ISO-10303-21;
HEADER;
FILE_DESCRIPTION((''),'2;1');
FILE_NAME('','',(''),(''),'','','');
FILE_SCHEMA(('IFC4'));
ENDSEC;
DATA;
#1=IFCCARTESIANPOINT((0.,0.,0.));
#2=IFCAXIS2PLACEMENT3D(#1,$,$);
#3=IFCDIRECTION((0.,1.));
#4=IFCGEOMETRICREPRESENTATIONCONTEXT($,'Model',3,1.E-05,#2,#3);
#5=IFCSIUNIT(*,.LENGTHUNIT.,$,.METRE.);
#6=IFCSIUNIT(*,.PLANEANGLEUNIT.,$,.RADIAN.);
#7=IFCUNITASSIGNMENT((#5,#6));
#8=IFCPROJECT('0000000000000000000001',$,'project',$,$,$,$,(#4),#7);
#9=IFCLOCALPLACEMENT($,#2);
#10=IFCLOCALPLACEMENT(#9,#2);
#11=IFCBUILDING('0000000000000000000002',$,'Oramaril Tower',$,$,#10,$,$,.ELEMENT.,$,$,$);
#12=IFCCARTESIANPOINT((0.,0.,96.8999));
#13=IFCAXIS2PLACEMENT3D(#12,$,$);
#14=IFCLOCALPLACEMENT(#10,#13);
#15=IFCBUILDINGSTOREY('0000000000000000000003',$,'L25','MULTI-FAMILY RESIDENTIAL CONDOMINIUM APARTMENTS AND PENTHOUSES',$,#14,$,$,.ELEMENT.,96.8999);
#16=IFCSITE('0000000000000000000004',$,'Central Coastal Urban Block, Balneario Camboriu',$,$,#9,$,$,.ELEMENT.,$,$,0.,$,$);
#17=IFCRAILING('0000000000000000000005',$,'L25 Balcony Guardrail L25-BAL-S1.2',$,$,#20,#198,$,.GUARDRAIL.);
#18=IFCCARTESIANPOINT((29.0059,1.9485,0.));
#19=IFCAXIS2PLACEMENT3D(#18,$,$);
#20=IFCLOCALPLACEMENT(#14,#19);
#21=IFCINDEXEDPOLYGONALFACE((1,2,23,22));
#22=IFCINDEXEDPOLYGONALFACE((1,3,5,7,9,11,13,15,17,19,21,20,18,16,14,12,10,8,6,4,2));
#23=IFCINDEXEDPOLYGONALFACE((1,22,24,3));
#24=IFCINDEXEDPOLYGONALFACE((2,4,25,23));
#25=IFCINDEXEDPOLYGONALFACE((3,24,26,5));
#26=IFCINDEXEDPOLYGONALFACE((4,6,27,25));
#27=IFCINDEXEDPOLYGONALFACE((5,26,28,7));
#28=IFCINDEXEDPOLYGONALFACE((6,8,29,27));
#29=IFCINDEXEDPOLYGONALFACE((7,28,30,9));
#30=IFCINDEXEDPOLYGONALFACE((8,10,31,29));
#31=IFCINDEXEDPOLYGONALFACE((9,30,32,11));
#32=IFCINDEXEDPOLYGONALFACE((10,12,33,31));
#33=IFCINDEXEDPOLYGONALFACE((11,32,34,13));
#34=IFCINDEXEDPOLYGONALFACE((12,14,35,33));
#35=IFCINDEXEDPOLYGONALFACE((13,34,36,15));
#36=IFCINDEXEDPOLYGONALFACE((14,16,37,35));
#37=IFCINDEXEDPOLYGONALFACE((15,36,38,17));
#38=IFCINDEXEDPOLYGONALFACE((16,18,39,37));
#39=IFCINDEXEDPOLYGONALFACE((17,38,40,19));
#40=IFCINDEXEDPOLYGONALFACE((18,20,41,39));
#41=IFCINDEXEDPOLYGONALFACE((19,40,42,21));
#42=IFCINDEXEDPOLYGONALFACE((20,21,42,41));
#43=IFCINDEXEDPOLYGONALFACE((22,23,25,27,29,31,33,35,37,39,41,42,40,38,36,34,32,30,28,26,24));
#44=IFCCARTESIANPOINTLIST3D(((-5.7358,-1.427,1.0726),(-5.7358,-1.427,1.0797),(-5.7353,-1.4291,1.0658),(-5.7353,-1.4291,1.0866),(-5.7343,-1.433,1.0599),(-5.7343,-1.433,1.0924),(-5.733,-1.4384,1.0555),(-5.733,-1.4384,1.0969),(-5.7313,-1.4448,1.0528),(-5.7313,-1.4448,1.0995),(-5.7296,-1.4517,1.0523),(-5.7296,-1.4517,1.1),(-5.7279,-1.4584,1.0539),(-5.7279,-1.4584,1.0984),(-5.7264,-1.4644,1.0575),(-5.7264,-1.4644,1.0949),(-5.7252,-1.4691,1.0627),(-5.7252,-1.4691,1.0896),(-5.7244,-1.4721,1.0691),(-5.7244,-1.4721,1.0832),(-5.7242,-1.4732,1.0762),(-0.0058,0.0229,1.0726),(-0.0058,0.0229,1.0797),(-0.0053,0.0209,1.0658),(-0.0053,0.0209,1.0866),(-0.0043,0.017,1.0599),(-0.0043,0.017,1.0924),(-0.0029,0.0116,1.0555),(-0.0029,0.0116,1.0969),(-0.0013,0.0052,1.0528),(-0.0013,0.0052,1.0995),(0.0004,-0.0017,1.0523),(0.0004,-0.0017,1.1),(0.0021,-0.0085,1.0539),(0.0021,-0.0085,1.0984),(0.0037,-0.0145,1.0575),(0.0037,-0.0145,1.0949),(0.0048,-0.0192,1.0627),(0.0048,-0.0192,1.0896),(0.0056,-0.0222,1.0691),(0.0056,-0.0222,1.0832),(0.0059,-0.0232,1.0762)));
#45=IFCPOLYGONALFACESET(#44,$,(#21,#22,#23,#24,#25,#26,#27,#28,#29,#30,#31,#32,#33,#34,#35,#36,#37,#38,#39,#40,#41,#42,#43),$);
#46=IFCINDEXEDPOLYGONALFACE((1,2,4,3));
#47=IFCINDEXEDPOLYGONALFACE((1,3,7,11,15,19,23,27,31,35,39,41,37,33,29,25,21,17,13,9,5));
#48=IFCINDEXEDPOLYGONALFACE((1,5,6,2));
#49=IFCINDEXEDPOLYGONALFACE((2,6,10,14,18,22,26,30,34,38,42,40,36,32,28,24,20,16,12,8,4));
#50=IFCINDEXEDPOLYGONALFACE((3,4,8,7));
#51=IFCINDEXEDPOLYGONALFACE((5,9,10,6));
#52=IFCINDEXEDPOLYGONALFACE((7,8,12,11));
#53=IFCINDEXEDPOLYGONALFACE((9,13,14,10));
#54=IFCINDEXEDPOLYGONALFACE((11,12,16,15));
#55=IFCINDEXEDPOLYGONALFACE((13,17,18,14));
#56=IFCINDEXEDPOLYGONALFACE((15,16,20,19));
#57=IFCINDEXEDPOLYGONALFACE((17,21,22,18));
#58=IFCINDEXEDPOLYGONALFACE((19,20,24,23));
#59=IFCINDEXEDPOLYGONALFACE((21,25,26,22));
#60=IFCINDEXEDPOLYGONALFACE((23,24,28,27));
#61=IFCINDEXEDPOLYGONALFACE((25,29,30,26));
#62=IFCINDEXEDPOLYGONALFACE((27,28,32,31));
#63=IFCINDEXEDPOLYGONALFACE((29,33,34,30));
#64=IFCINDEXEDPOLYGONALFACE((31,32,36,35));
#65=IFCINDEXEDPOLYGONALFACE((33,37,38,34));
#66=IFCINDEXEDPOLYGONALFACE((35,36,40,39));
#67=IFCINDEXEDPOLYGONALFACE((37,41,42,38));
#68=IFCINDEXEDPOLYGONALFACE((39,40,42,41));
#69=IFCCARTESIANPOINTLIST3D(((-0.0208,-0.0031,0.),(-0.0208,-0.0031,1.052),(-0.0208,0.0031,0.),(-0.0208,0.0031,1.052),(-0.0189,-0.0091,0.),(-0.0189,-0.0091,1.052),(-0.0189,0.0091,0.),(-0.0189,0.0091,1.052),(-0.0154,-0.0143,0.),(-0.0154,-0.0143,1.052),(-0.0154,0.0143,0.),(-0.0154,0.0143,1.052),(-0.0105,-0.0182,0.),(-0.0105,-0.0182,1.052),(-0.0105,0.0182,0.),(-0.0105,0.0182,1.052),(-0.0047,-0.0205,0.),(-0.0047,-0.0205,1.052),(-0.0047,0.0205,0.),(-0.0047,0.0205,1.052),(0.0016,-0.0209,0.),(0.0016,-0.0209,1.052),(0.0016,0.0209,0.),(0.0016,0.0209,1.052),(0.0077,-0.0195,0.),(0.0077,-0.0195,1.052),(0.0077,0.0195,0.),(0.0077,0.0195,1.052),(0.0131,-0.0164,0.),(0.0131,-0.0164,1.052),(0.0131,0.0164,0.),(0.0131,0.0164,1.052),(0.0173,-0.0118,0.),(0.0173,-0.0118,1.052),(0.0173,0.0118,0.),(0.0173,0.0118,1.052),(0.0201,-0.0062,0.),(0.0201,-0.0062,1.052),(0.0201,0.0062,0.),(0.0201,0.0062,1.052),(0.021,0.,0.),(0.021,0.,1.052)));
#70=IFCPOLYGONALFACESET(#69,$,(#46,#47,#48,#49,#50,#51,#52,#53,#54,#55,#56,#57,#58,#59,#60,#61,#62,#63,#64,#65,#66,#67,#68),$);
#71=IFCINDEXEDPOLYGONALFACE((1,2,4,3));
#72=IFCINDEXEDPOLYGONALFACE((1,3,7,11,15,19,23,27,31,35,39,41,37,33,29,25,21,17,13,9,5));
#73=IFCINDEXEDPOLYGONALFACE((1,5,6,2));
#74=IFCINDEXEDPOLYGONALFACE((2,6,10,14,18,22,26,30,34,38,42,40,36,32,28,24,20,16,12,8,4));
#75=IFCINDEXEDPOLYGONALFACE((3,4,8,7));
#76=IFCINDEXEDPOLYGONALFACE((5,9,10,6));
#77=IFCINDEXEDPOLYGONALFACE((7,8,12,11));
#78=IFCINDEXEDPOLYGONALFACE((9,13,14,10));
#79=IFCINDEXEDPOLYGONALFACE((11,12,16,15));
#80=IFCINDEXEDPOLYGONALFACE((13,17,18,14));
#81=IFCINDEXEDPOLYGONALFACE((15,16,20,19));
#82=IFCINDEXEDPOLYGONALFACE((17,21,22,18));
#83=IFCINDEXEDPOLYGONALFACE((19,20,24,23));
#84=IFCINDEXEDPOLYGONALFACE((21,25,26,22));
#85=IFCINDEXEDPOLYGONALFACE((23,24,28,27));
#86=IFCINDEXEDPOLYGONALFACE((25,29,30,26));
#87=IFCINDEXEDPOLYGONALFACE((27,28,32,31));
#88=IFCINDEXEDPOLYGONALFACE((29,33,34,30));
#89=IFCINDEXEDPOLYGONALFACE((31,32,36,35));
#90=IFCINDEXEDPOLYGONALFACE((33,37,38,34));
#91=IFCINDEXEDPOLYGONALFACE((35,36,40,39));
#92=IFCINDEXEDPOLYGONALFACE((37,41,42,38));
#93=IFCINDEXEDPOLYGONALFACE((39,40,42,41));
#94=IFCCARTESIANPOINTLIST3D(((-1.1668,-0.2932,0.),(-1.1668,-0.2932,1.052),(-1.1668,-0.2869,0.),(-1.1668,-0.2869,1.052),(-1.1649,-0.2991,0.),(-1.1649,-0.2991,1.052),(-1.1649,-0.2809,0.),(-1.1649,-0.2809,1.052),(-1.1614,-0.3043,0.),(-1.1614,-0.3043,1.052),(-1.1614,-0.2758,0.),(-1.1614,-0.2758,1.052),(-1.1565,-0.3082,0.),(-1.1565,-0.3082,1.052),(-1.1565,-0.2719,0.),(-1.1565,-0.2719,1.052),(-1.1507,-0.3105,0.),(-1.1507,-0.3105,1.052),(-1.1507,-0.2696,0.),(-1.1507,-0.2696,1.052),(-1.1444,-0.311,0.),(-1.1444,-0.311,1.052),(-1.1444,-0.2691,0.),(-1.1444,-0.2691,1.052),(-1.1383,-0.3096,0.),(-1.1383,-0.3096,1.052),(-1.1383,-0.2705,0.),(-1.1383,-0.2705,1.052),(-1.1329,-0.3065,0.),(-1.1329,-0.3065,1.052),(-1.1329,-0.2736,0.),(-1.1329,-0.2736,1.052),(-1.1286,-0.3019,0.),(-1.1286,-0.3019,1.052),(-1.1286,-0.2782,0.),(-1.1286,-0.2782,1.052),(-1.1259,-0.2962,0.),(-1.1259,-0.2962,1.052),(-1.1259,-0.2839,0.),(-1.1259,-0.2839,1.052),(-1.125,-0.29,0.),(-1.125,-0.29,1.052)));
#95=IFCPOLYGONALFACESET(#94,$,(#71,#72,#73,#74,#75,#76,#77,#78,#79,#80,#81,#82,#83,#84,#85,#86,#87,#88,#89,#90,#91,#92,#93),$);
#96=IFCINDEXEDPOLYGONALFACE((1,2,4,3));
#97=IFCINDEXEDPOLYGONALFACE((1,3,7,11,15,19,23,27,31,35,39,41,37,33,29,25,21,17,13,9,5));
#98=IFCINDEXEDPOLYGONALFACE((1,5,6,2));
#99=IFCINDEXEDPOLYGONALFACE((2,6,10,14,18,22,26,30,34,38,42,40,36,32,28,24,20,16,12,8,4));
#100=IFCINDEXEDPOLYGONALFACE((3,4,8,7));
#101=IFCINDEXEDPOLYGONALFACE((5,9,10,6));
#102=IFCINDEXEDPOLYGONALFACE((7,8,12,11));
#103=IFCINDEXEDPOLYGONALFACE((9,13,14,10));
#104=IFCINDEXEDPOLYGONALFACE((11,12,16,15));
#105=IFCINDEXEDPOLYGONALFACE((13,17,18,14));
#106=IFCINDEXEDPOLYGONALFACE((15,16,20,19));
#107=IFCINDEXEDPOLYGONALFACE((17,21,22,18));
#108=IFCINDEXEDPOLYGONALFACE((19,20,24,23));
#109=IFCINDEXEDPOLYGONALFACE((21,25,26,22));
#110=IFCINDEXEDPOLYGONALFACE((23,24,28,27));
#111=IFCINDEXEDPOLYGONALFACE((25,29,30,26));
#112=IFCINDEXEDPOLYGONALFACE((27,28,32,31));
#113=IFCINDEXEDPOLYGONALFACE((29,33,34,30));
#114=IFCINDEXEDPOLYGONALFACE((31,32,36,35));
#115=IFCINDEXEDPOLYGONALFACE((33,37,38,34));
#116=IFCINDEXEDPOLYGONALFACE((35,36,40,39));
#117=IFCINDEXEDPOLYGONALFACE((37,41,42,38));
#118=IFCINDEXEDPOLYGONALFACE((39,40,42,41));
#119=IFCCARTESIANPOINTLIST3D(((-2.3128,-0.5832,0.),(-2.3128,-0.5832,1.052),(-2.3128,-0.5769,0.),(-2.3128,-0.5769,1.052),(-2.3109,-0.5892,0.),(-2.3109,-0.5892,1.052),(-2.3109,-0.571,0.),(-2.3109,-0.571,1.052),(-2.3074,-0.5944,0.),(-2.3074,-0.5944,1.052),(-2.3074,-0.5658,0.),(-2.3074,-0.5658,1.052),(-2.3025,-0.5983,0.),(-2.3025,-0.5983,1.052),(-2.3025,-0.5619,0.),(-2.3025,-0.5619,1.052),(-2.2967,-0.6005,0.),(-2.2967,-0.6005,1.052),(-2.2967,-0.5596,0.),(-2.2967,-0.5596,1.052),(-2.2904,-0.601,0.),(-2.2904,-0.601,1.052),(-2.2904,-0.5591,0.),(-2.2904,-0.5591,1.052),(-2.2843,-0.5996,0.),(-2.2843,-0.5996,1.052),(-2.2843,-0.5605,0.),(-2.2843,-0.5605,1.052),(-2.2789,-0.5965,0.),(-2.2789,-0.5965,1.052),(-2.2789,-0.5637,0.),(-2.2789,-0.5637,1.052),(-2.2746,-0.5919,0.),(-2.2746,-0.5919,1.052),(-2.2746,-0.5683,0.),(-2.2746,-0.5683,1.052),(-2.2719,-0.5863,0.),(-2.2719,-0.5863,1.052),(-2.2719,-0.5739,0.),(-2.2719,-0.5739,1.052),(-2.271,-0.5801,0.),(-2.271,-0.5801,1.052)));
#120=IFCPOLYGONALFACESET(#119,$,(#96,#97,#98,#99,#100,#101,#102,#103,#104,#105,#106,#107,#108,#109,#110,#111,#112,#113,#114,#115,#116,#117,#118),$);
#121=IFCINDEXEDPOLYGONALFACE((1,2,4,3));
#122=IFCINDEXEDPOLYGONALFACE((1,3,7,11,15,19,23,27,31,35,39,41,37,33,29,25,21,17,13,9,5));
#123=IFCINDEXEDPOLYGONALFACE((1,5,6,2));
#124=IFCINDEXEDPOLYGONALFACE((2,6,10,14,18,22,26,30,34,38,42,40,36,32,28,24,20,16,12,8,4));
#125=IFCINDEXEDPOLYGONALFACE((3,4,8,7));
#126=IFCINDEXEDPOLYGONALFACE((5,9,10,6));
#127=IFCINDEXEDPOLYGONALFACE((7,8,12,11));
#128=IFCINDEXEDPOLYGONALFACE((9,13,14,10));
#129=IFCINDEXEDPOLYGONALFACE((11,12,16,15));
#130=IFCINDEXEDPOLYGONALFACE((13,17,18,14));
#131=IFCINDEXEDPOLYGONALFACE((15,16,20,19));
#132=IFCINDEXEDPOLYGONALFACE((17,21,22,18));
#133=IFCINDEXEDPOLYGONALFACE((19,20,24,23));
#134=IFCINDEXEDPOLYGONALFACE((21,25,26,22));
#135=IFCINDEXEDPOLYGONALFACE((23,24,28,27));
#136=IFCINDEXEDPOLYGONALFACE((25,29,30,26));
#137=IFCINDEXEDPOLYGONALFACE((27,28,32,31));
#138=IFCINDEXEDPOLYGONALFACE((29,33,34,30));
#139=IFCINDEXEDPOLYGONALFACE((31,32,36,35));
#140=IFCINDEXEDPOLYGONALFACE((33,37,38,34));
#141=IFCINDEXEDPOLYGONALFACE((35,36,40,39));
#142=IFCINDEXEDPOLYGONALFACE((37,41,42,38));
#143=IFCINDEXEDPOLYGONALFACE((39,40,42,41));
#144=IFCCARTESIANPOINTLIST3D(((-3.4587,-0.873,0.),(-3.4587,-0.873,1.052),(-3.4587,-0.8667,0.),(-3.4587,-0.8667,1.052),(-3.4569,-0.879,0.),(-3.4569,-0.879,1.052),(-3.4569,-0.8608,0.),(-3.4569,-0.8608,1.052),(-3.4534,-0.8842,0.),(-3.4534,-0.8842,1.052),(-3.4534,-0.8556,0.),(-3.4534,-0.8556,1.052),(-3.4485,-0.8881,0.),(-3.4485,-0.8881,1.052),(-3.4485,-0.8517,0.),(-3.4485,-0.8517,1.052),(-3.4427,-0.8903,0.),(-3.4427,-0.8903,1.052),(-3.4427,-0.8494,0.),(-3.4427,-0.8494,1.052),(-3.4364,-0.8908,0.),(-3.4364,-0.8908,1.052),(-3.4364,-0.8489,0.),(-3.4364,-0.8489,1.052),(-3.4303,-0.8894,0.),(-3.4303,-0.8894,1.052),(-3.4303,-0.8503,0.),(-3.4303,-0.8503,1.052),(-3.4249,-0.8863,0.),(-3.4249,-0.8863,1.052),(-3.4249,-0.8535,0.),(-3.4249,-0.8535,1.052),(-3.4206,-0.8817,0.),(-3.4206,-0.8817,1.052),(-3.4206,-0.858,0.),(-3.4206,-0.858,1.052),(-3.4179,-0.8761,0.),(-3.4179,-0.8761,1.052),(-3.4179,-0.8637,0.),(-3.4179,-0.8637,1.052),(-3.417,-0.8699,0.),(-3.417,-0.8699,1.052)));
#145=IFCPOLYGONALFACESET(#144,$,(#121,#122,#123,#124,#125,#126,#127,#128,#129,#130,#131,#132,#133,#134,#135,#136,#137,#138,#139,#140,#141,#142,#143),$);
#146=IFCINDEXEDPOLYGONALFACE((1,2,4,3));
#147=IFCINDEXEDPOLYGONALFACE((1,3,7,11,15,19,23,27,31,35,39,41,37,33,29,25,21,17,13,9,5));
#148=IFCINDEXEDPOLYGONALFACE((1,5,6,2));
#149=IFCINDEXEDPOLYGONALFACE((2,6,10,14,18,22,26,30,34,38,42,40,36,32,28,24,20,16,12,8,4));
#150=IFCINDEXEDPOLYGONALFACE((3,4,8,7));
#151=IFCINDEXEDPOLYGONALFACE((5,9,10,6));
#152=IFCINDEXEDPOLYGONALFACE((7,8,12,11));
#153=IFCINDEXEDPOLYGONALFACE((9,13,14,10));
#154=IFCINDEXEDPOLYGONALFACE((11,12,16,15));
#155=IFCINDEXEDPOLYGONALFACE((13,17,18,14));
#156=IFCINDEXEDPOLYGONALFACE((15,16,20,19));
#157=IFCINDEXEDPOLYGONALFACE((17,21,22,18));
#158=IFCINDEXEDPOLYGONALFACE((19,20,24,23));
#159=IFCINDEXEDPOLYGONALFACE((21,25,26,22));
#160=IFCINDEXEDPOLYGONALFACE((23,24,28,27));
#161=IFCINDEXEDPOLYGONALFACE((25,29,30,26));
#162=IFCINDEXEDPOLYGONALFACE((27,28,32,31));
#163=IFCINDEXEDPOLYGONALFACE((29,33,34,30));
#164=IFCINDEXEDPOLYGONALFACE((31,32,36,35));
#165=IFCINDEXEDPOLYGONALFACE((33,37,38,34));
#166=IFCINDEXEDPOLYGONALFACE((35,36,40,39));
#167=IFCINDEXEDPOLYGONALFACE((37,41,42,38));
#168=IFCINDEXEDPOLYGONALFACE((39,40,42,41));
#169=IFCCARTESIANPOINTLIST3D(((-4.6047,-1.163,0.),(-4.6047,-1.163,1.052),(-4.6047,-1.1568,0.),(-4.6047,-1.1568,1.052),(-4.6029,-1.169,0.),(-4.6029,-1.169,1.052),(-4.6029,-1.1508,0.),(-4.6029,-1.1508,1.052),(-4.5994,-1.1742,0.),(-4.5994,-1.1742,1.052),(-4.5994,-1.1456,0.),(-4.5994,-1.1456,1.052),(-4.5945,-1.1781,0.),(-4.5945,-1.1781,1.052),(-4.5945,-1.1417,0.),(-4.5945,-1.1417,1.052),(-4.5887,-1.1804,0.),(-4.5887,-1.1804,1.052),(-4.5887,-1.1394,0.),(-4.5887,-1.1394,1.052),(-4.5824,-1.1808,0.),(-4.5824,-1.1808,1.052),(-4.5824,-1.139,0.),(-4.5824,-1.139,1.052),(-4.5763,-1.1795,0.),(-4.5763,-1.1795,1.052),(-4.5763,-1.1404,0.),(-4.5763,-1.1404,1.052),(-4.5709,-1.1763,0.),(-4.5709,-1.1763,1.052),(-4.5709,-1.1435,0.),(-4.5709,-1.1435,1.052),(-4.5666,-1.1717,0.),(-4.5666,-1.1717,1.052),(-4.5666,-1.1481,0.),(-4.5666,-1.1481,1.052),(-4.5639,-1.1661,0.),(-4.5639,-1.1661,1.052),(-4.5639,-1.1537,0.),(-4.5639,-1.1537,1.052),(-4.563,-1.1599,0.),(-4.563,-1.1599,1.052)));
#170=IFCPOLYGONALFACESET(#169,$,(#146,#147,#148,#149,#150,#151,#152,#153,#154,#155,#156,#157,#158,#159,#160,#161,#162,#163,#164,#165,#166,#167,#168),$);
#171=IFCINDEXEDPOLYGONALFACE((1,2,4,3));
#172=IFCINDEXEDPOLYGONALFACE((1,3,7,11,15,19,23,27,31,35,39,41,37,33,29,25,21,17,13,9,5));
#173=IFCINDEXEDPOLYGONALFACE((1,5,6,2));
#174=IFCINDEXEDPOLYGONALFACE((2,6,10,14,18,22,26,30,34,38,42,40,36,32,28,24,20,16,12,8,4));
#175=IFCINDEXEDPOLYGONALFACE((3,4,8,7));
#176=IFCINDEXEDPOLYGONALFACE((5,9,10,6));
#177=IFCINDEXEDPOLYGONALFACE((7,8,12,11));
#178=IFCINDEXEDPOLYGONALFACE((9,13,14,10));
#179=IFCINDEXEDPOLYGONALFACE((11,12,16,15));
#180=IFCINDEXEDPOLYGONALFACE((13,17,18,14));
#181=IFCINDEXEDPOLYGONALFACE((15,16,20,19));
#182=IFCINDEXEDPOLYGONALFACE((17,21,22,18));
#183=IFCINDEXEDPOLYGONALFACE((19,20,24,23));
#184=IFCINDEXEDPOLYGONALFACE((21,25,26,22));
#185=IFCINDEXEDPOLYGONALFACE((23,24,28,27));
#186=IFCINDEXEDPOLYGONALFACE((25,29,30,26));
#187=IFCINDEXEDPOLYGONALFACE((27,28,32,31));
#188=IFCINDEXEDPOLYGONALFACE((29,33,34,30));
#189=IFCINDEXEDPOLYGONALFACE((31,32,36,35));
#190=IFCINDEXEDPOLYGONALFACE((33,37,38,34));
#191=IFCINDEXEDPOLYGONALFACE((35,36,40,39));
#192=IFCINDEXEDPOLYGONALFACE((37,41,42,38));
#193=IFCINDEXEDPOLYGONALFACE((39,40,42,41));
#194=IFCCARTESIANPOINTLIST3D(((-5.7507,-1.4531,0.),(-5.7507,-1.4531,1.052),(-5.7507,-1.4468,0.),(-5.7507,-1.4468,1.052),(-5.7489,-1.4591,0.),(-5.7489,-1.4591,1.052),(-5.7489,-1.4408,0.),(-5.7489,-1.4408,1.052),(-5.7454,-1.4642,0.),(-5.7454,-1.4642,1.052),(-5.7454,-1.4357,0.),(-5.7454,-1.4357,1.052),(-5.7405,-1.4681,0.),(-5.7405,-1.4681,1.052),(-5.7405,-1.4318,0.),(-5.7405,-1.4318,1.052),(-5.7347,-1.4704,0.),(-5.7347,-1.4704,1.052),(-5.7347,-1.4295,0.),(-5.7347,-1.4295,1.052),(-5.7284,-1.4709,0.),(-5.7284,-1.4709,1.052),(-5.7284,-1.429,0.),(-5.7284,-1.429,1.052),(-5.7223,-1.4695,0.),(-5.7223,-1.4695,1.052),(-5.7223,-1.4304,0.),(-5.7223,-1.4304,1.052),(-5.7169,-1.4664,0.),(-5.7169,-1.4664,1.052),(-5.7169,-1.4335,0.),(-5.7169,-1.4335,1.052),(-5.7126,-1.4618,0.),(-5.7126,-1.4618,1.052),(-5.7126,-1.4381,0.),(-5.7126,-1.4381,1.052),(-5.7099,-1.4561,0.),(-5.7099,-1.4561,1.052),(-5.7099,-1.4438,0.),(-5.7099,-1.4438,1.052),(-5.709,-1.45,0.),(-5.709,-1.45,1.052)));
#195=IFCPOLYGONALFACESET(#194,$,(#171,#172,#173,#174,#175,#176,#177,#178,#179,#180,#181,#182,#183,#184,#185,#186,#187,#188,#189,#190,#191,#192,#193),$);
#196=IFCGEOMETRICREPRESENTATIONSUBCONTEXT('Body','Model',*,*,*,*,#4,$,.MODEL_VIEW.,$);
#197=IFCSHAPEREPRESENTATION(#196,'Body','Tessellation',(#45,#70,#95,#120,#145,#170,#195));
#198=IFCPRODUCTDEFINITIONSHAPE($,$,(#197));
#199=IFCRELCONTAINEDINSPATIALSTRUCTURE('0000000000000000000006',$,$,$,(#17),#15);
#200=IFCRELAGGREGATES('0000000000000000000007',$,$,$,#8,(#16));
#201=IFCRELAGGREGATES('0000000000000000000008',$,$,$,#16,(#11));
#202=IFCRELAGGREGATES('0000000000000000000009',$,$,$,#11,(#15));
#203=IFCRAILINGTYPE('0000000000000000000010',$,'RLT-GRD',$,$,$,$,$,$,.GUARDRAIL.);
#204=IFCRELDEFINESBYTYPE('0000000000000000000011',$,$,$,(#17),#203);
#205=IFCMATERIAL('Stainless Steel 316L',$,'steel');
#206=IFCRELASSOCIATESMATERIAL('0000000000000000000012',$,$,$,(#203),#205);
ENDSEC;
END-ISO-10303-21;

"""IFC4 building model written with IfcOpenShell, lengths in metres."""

from ifc_helpers import new_model, si_unit, direction, frame, origin, origin_2d, place, context, subcontext, project, spatial, circle, extrude, material, type_object, element, save


model = new_model("IFC4")

# Units and contexts
model_context = context("Model", 3, precision=1e-05, world=origin(), true_north=direction((0.0, 1.0)))
body_context = subcontext(model_context, "Body", "Model", "MODEL_VIEW")
ifc_project = project(units=[si_unit("LENGTHUNIT", "METRE"), si_unit("PLANEANGLEUNIT", "RADIAN")], contexts=[model_context])

# Site, building, storey
site_placement = place(None, origin())
site = spatial("IfcSite", under=ifc_project, at=site_placement, Name="Central Coastal Urban Block, Balneario Camboriu", CompositionType="ELEMENT", RefElevation=0.0)
building_placement = place(site_placement, origin())
building = spatial("IfcBuilding", under=site, at=building_placement, Name="Oramaril Tower", CompositionType="ELEMENT")
storey_placement = place(building_placement, frame((0.0, 0.0, 96.8999)))
storey = spatial("IfcBuildingStorey", under=building, at=storey_placement, Name="L25", Description="MULTI-FAMILY RESIDENTIAL CONDOMINIUM APARTMENTS AND PENTHOUSES", CompositionType="ELEMENT", Elevation=96.8999)

# Railing
ifc_material_1 = material(Name="Stainless Steel 316L", Category="steel")
railing_type = type_object("IfcRailingType", Name="RLT-GRD", PredefinedType="GUARDRAIL", material=ifc_material_1)
railing_1_placement = place(storey_placement, frame((29.0059, 1.9485, 0.0)))
element("IfcRailing", 1, at=railing_1_placement, inside=storey, type_object=railing_type, Name="L25 Balcony Guardrail L25-BAL-S1.2", PredefinedType="GUARDRAIL", context=body_context, shape_type="SweptSolid", body=[
    extrude(circle(Radius=0.0239, at=origin_2d()), frame((0.0, 0.0, 1.0762), z_axis=(-0.969444, -0.245314, 0.0), x_axis=(0.245314, -0.969444, 0.0)), (0.0, 0.0, 1.0), 5.9106),
    extrude(circle(Radius=0.021, at=origin_2d()), origin(), (0.0, 0.0, 1.0), 1.052),
    extrude(circle(Radius=0.021, at=origin_2d()), frame((-1.146, -0.29, 0.0)), (0.0, 0.0, 1.0), 1.052),
    extrude(circle(Radius=0.021, at=origin_2d()), frame((-2.292, -0.5801, 0.0)), (0.0, 0.0, 1.0), 1.052),
    extrude(circle(Radius=0.021, at=origin_2d()), frame((-3.438, -0.8699, 0.0)), (0.0, 0.0, 1.0), 1.052),
    extrude(circle(Radius=0.021, at=origin_2d()), frame((-4.584, -1.1599, 0.0)), (0.0, 0.0, 1.0), 1.052),
    extrude(circle(Radius=0.021, at=origin_2d()), frame((-5.73, -1.45, 0.0)), (0.0, 0.0, 1.0), 1.052),
])

save(model, "model.ifc")
